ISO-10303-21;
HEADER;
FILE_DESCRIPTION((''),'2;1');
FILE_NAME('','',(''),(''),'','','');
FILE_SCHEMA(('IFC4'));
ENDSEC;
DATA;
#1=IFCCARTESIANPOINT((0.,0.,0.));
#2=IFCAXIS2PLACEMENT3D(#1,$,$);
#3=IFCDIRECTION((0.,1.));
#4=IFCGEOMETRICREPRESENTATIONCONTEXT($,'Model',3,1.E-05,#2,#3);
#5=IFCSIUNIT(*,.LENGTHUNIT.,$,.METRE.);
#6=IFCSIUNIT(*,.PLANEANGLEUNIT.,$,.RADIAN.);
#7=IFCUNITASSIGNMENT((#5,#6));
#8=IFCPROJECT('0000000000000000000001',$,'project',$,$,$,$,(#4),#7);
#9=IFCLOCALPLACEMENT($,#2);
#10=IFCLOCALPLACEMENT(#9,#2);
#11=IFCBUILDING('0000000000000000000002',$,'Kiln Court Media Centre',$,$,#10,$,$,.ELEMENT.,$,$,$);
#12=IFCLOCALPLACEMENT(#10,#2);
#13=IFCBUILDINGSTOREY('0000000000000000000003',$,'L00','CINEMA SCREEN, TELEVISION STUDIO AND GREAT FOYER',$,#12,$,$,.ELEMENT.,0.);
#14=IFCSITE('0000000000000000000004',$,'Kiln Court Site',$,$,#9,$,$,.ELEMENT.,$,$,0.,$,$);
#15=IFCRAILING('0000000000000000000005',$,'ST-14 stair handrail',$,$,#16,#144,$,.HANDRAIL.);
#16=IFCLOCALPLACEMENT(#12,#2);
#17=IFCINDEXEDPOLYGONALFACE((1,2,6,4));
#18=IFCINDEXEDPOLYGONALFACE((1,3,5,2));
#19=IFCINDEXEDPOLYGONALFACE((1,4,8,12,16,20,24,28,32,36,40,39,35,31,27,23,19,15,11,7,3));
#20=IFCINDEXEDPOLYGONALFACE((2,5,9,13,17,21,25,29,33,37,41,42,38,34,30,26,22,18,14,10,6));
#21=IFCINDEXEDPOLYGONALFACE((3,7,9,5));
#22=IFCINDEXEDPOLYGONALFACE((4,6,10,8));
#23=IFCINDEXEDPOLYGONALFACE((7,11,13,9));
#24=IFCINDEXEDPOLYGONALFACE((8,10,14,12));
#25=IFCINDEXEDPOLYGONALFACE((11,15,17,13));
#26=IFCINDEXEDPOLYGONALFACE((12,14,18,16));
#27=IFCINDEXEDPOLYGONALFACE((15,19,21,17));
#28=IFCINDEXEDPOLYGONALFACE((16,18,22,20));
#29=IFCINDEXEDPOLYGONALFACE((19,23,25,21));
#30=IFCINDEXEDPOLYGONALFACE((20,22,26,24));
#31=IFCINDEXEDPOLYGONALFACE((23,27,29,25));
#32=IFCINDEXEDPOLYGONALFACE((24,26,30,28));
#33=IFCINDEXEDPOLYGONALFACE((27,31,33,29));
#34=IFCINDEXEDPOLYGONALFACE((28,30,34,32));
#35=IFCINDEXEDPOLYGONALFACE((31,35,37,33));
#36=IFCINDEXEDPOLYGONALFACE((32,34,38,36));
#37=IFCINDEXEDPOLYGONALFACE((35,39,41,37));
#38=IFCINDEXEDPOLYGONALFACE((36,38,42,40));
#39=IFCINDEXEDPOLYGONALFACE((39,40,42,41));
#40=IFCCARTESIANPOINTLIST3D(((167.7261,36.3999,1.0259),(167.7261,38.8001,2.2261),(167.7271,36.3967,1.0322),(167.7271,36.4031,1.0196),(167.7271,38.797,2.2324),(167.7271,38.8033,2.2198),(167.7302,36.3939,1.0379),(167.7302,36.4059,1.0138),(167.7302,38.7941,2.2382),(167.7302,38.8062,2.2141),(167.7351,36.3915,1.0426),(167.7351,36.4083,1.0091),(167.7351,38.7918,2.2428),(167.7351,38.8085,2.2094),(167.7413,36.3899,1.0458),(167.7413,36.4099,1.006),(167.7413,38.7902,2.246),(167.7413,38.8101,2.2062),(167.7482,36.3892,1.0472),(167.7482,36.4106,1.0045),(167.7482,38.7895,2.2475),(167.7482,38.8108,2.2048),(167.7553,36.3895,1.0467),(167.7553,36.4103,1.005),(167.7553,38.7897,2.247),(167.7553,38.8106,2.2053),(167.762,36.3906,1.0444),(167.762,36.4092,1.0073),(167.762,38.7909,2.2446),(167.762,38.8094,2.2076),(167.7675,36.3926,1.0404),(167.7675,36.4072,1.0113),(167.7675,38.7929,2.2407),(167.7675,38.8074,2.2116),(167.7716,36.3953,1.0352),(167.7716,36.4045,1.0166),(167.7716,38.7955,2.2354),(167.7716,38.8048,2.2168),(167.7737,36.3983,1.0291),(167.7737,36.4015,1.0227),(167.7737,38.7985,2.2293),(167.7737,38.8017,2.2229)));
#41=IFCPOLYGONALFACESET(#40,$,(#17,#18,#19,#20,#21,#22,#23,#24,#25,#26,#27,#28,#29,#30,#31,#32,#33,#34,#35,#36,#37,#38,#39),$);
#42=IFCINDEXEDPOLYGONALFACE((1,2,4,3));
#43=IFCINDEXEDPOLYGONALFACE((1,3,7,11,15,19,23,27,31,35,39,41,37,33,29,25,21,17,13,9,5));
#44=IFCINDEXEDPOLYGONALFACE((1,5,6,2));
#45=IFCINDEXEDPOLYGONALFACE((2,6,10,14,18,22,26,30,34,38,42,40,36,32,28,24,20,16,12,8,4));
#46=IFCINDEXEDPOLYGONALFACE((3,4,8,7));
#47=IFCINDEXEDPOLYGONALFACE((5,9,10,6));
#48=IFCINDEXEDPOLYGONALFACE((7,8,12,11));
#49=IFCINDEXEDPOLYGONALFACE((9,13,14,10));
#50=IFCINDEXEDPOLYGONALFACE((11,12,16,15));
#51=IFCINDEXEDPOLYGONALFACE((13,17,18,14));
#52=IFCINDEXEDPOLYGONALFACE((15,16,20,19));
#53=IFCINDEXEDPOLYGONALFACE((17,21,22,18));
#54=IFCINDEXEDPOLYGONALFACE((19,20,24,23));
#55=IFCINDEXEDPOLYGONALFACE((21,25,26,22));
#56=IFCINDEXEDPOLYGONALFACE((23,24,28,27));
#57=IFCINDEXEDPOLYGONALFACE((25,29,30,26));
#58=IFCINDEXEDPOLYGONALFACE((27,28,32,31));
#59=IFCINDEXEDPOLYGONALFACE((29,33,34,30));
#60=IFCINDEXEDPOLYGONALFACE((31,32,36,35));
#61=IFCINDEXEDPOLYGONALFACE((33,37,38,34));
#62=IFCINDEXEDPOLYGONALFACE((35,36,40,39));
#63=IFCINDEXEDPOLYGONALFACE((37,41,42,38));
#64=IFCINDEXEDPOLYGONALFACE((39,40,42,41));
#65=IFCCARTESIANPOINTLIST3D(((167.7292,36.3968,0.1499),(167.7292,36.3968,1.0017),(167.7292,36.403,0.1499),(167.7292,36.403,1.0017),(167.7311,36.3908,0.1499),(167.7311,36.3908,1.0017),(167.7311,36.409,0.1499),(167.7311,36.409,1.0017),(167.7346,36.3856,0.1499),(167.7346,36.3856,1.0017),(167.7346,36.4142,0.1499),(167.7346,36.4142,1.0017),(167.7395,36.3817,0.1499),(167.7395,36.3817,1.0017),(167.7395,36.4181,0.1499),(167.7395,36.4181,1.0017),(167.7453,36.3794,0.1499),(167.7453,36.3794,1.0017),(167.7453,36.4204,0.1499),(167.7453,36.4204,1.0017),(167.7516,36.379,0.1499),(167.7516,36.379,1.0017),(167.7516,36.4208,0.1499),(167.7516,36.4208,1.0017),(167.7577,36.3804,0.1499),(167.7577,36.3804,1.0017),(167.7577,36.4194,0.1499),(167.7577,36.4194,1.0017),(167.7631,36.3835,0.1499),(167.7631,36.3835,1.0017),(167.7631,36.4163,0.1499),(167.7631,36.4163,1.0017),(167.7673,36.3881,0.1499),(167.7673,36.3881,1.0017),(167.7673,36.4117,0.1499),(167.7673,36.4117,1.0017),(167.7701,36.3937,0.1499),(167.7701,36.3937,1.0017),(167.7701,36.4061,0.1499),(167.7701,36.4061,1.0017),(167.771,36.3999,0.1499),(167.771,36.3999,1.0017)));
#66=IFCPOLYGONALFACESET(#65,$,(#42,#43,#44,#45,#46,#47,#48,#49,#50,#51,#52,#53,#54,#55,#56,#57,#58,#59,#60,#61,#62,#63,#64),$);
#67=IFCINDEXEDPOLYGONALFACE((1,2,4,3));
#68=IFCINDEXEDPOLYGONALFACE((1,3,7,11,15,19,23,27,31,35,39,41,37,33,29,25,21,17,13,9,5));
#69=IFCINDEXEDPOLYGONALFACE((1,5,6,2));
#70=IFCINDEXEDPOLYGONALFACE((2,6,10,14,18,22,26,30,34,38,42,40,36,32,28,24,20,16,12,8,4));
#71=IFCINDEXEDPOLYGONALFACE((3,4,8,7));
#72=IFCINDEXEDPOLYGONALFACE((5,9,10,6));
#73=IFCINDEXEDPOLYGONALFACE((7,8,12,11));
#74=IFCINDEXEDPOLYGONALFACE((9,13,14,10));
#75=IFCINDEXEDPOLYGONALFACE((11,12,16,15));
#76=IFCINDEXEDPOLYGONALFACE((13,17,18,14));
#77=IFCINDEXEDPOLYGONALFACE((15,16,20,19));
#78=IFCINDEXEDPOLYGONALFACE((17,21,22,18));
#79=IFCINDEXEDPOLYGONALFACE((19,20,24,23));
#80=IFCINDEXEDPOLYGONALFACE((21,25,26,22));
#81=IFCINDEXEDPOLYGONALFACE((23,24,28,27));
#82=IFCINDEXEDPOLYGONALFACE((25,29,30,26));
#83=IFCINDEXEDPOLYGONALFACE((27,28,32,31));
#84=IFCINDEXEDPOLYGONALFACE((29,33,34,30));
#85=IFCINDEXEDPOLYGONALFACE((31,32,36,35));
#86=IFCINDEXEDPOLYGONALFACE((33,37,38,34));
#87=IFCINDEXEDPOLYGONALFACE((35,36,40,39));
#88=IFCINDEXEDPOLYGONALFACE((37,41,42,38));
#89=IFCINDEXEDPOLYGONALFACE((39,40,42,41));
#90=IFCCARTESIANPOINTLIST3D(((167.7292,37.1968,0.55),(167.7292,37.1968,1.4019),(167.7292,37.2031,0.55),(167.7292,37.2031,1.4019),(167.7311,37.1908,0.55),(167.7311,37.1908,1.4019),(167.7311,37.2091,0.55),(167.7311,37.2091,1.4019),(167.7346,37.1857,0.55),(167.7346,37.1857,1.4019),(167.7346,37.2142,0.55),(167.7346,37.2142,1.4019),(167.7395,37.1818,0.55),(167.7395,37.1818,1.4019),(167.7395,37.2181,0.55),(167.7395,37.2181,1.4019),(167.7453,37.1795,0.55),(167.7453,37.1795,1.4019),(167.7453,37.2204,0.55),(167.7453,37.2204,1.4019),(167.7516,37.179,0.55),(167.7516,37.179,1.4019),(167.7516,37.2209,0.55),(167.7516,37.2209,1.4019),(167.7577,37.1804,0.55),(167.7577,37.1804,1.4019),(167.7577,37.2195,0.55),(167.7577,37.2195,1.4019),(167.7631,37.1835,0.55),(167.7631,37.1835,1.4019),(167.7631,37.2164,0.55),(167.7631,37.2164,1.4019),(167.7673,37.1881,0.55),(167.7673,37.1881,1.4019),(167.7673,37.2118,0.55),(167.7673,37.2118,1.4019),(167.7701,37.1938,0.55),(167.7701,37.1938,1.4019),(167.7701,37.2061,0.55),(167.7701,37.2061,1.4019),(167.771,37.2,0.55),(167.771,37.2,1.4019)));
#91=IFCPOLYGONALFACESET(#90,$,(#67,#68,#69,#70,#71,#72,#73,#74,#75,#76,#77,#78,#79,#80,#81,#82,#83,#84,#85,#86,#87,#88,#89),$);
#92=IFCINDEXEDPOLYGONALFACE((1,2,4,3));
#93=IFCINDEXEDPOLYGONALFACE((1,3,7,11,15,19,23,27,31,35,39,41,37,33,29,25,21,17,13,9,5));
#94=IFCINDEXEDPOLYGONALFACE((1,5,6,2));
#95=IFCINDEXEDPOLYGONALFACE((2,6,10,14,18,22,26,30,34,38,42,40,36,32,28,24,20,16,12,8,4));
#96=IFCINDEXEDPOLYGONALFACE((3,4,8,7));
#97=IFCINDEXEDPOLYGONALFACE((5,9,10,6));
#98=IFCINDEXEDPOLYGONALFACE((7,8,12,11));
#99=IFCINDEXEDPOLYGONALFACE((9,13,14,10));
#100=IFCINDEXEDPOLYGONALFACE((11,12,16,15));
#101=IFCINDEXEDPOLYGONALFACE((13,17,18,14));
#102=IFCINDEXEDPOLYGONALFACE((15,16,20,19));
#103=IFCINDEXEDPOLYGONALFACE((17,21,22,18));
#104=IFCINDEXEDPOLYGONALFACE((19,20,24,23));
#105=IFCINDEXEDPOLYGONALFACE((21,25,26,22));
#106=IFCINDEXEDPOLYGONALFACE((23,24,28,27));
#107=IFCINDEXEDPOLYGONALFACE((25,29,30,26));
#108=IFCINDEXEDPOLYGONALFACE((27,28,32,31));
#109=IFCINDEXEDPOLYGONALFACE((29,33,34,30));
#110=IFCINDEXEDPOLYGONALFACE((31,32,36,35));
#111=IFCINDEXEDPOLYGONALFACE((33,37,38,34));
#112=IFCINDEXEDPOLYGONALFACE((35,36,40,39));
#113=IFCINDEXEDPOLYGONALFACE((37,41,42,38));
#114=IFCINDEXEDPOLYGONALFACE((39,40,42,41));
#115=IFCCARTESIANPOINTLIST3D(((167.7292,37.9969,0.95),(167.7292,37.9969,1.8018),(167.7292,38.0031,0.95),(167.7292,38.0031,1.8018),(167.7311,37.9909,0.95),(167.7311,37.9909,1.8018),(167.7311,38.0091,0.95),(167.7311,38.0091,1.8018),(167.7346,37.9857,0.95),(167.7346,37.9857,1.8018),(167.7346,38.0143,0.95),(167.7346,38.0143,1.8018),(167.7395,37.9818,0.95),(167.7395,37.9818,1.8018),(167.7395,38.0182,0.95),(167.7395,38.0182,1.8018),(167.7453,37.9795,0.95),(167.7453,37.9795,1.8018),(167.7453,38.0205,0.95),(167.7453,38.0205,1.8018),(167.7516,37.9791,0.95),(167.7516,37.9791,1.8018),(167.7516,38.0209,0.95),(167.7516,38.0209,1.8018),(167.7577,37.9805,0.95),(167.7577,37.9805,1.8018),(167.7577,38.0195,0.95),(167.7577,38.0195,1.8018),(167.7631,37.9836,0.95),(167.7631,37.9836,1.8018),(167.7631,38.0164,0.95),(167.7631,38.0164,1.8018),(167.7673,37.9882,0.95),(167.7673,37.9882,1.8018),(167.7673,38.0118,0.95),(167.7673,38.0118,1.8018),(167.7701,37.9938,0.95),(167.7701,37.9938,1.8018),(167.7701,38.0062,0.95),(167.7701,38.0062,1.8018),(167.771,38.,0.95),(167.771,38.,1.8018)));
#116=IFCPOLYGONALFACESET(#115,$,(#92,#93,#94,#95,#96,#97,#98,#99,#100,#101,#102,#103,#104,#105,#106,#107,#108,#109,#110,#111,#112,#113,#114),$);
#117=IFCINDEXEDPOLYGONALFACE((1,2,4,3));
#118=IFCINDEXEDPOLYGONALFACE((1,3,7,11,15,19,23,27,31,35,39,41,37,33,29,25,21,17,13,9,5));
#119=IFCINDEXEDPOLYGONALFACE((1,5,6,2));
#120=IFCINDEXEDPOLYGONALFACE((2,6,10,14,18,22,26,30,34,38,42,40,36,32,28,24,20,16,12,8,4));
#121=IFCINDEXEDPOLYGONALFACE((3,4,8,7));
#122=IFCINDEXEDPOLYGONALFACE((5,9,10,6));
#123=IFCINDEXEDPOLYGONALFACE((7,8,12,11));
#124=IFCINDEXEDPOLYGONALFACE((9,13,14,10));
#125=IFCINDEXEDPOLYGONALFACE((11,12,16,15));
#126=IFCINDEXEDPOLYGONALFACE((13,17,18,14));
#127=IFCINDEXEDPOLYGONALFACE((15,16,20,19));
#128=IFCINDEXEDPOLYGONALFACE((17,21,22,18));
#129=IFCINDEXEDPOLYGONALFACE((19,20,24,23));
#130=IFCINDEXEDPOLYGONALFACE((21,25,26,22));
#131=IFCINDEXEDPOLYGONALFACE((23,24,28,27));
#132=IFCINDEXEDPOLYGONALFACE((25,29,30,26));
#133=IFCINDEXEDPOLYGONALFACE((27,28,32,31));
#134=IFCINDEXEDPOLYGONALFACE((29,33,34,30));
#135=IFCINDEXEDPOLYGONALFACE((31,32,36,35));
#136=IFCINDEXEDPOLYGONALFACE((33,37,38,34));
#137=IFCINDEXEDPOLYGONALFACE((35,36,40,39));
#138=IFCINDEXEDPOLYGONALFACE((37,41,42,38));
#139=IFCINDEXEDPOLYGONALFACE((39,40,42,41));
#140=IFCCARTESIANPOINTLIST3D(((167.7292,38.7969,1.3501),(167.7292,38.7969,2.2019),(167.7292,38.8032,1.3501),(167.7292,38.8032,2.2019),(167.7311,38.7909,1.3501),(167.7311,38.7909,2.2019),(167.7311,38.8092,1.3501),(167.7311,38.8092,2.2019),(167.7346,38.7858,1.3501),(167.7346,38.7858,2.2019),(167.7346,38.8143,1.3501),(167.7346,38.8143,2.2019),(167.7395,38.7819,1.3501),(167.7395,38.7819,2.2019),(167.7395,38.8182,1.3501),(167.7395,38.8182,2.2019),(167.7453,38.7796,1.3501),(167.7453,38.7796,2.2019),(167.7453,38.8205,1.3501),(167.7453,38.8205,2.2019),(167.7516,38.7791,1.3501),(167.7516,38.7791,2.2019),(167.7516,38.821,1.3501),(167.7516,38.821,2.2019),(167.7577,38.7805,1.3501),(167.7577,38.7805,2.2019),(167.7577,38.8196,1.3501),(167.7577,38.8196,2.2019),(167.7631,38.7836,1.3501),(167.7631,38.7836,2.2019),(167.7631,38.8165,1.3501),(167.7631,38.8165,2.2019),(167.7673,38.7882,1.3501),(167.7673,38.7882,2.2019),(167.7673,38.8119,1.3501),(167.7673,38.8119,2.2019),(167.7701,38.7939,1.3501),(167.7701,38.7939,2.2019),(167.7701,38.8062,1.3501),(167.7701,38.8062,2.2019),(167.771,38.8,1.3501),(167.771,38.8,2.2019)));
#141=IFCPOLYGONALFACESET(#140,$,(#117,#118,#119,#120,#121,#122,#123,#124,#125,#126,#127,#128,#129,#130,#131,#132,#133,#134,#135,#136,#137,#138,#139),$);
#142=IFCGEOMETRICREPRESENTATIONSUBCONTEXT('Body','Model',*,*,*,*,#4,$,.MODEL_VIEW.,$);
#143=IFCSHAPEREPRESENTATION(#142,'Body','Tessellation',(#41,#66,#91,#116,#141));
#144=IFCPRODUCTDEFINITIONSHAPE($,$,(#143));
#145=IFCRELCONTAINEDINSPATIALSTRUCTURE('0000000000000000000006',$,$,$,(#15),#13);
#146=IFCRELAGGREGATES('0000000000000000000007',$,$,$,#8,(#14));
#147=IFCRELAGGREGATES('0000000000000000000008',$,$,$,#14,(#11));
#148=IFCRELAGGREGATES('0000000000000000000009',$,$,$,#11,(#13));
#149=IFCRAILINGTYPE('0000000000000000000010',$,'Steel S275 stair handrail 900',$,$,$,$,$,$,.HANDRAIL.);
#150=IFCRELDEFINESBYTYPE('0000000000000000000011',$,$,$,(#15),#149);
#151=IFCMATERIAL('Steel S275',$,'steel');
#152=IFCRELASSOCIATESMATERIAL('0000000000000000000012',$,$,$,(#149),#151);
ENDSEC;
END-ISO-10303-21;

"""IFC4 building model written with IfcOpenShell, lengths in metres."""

from ifc_helpers import new_model, si_unit, direction, frame, origin, origin_2d, place, context, subcontext, project, spatial, circle, extrude, material, type_object, element, save


model = new_model("IFC4")

# Units and contexts
model_context = context("Model", 3, precision=1e-05, world=origin(), true_north=direction((0.0, 1.0)))
body_context = subcontext(model_context, "Body", "Model", "MODEL_VIEW")
ifc_project = project(units=[si_unit("LENGTHUNIT", "METRE"), si_unit("PLANEANGLEUNIT", "RADIAN")], contexts=[model_context])

# Site, building, storey
site_placement = place(None, origin())
site = spatial("IfcSite", under=ifc_project, at=site_placement, Name="Kiln Court Site", CompositionType="ELEMENT", RefElevation=0.0)
building_placement = place(site_placement, origin())
building = spatial("IfcBuilding", under=site, at=building_placement, Name="Kiln Court Media Centre", CompositionType="ELEMENT")
storey_placement = place(building_placement, origin())
storey = spatial("IfcBuildingStorey", under=building, at=storey_placement, Name="L00", Description="CINEMA SCREEN, TELEVISION STUDIO AND GREAT FOYER", CompositionType="ELEMENT", Elevation=0.0)

# Railing
ifc_material_1 = material(Name="Steel S275", Category="steel")
railing_type_1 = type_object("IfcRailingType", Name="Steel S275 stair handrail 900", PredefinedType="HANDRAIL", material=ifc_material_1)
railing_1_placement = place(storey_placement, frame((167.75, 36.3999, 0.1499)))
element("IfcRailing", 1, at=railing_1_placement, inside=storey, type_object=railing_type_1, Name="ST-14 stair handrail", PredefinedType="HANDRAIL", context=body_context, shape_type="SweptSolid", body=[
    extrude(circle(Radius=0.0239, at=origin_2d()), frame((0.0, 0.0, 0.876), z_axis=(0.0, 0.894409, 0.44725), x_axis=(-1.0, 0.0, 0.0)), (0.0, 0.0, 1.0), 2.6836),
    extrude(circle(Radius=0.021, at=origin_2d()), origin(), (0.0, 0.0, 1.0), 0.8518),
    extrude(circle(Radius=0.021, at=origin_2d()), frame((0.0, 0.8, 0.4001)), (0.0, 0.0, 1.0), 0.8518),
    extrude(circle(Radius=0.021, at=origin_2d()), frame((0.0, 1.6001, 0.8)), (0.0, 0.0, 1.0), 0.8518),
    extrude(circle(Radius=0.021, at=origin_2d()), frame((0.0, 2.4001, 1.2002)), (0.0, 0.0, 1.0), 0.8518),
])

save(model, "model.ifc")
